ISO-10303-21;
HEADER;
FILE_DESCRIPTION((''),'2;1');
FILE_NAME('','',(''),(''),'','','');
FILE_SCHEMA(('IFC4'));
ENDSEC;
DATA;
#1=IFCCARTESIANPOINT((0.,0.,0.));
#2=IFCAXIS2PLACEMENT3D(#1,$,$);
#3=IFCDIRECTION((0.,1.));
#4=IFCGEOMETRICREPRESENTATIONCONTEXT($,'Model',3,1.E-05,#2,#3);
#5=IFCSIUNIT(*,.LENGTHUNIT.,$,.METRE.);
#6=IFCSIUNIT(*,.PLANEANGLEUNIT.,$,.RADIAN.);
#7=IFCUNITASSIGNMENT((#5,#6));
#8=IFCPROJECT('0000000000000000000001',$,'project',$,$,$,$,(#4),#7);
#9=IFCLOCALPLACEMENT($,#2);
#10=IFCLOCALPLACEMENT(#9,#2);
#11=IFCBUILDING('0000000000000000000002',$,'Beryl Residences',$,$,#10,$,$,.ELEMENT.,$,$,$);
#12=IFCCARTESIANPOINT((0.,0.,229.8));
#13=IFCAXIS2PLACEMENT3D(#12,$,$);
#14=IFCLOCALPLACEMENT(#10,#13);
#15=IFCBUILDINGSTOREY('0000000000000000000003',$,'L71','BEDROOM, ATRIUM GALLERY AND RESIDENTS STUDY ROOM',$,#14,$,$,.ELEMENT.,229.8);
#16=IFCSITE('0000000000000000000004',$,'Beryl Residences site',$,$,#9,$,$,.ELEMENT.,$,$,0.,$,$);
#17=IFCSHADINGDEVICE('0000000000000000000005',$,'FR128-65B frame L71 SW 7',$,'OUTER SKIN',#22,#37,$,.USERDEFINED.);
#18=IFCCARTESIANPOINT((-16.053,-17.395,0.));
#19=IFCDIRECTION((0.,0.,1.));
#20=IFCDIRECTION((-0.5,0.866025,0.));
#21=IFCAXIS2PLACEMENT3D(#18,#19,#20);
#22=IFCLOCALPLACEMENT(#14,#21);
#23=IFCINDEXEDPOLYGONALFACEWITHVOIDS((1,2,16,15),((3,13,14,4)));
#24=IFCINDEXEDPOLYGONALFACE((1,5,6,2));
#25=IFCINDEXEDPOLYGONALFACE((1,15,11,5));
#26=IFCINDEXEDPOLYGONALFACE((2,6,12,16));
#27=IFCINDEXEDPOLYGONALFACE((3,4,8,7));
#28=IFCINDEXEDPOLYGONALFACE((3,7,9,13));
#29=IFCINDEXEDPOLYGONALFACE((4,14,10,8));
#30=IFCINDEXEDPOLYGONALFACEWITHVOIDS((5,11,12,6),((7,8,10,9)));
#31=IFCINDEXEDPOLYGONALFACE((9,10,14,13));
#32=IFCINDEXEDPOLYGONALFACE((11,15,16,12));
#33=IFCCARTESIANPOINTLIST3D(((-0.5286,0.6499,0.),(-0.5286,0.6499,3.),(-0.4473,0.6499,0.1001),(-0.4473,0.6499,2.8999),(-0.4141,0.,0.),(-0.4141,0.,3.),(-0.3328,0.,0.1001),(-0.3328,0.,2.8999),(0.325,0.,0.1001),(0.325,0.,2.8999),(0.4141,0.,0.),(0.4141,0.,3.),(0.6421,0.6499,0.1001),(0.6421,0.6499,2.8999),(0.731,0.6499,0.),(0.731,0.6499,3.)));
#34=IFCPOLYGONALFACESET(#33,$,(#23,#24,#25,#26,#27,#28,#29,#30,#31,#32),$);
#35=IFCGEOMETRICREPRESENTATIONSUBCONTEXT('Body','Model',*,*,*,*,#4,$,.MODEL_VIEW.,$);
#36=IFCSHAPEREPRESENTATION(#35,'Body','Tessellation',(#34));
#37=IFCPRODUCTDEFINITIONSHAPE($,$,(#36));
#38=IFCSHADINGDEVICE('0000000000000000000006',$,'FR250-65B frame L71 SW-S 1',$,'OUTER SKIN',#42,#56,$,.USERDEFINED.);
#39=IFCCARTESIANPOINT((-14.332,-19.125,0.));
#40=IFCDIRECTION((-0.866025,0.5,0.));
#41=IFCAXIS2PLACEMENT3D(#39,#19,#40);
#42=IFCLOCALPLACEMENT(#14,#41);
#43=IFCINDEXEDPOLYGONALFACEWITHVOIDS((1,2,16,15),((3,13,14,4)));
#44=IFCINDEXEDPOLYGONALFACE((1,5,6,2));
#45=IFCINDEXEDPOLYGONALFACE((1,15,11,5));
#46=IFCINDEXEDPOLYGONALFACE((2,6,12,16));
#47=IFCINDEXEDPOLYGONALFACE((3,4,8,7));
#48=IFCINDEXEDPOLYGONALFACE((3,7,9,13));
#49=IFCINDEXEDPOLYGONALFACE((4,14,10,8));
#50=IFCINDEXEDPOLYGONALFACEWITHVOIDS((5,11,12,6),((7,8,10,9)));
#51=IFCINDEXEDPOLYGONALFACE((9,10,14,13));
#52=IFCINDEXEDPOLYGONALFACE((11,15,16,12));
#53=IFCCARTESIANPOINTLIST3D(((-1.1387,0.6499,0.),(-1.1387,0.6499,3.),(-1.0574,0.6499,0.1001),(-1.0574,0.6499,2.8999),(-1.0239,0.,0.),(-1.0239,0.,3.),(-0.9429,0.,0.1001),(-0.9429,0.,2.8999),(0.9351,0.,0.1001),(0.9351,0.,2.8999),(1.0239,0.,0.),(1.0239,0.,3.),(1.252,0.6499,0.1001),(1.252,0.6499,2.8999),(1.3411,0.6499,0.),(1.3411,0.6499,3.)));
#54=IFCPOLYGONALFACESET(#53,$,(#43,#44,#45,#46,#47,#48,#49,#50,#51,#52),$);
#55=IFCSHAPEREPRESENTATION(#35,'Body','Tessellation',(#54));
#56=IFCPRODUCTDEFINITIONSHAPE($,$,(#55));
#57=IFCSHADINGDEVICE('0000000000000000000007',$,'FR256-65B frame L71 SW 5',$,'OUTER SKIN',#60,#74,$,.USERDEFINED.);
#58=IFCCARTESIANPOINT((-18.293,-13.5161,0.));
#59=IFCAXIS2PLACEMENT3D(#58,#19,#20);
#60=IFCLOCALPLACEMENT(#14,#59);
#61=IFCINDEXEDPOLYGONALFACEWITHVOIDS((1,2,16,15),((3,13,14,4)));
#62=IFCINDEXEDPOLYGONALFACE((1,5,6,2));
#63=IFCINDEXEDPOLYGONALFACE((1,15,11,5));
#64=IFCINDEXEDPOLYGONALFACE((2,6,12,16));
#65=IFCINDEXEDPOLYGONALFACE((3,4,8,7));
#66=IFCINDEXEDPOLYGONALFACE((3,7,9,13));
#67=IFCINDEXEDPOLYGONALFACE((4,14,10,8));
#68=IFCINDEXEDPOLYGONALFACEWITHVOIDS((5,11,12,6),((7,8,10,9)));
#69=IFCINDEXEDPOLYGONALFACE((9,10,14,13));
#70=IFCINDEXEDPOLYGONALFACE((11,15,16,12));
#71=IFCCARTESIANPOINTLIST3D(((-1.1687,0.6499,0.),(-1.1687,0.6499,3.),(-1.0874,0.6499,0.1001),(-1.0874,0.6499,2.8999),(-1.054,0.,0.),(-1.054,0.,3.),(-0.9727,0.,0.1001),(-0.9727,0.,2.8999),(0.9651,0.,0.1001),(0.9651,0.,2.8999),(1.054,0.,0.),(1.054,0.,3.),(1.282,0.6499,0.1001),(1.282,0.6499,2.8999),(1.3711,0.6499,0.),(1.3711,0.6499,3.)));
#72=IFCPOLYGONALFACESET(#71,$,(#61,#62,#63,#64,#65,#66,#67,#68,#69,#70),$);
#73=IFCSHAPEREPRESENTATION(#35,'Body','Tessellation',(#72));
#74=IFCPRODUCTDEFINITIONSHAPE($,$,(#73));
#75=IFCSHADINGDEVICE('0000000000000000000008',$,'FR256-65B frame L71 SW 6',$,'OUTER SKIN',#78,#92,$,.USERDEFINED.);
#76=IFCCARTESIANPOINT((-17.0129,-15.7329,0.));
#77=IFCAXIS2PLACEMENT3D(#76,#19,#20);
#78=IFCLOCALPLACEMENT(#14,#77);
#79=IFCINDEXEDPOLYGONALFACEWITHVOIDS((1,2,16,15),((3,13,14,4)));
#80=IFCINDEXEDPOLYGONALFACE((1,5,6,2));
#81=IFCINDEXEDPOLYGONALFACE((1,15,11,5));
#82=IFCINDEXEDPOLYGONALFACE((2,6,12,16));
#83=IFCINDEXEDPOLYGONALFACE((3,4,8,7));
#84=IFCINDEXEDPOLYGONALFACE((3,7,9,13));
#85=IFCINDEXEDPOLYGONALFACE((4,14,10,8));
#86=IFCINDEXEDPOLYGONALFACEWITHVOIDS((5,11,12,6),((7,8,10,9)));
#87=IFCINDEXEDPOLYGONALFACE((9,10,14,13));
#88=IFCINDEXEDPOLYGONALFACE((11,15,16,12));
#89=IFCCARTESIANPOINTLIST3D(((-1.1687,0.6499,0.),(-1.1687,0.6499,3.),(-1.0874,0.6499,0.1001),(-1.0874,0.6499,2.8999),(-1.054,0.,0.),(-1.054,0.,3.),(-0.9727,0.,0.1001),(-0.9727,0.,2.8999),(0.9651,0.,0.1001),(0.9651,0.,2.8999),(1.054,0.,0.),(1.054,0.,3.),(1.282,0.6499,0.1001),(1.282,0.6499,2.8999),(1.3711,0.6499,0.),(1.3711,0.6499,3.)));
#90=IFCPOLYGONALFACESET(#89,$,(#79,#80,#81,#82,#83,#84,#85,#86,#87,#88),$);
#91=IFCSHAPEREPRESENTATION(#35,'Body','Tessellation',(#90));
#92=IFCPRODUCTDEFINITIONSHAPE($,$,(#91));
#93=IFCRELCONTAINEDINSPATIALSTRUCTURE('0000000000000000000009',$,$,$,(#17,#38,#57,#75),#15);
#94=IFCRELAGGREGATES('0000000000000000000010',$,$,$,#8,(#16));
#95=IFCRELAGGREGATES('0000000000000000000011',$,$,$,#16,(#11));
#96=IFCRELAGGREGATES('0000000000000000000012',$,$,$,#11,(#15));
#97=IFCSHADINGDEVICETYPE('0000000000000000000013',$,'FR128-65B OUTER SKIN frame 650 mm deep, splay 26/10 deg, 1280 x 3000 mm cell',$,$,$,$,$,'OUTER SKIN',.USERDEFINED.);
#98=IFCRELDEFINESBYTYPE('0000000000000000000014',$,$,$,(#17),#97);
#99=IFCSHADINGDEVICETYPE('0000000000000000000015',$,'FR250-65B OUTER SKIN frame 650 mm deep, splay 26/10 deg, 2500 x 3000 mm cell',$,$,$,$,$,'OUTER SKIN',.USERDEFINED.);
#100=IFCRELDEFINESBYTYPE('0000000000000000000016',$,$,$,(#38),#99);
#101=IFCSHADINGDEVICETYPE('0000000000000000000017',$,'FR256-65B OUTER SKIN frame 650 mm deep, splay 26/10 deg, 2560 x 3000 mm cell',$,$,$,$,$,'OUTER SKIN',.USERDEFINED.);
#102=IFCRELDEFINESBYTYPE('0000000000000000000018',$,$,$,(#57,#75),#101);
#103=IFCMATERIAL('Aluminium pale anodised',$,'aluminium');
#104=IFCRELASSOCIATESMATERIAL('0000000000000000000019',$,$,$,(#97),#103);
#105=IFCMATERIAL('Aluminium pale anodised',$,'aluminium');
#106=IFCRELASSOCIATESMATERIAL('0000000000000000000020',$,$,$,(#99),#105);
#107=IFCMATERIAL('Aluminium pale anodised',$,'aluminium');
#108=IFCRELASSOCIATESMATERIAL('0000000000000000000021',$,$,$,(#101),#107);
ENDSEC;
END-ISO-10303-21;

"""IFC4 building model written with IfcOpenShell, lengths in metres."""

from ifc_helpers import new_model, entity, si_unit, direction, frame, origin, place, context, subcontext, project, spatial, source, transform, mapped, material, type_object, type_shapes, element, save


model = new_model("IFC4")

# Units and contexts
model_context = context("Model", 3, precision=1e-05, world=origin(), true_north=direction((0.0, 1.0)))
body_context = subcontext(model_context, "Body", "Model", "MODEL_VIEW")
ifc_project = project(units=[si_unit("LENGTHUNIT", "METRE"), si_unit("PLANEANGLEUNIT", "RADIAN")], contexts=[model_context])

# Site, building, storey
site_placement = place(None, origin())
site = spatial("IfcSite", under=ifc_project, at=site_placement, Name="Beryl Residences site", CompositionType="ELEMENT", RefElevation=0.0)
building_placement = place(site_placement, origin())
building = spatial("IfcBuilding", under=site, at=building_placement, Name="Beryl Residences", CompositionType="ELEMENT")
storey_placement = place(building_placement, frame((0.0, 0.0, 229.8)))
storey = spatial("IfcBuildingStorey", under=building, at=storey_placement, Name="L71", Description="BEDROOM, ATRIUM GALLERY AND RESIDENTS STUDY ROOM", CompositionType="ELEMENT", Elevation=229.8)

# Shading devices
ifc_material_1 = material(Name="Aluminium pale anodised", Category="aluminium")
shading_device_type_1 = type_object("IfcShadingDeviceType", Name="FR128-65B OUTER SKIN frame 650 mm deep, splay 26/10 deg, 1280 x 3000 mm cell", ElementType="OUTER SKIN", PredefinedType="USERDEFINED", material=ifc_material_1)
cartesian_point_1 = entity("IfcCartesianPoint", [-0.4141, 0.0])
cartesian_point_2 = entity("IfcCartesianPoint", [-0.325, 0.1001])
cartesian_point_3 = entity("IfcCartesianPoint", [-0.731, 0.0])
cartesian_point_4 = entity("IfcCartesianPoint", [-0.6421, 0.1001])
shared_shape_1 = source(origin(), body_context, "Body", "SweptSolid", [
    entity("IfcExtrudedAreaSolidTapered", entity("IfcArbitraryProfileDefWithVoids", "AREA", None, entity("IfcPolyline", [cartesian_point_1, entity("IfcCartesianPoint", [0.4141, 0.0]), entity("IfcCartesianPoint", [0.4141, 3.0]), entity("IfcCartesianPoint", [-0.4141, 3.0]), cartesian_point_1]), [entity("IfcPolyline", [cartesian_point_2, entity("IfcCartesianPoint", [0.3328, 0.1001]), entity("IfcCartesianPoint", [0.3328, 2.8999]), entity("IfcCartesianPoint", [-0.325, 2.8999]), cartesian_point_2])]), entity("IfcAxis2Placement3D", entity("IfcCartesianPoint", [0.0, 0.0, 0.0]), entity("IfcDirection", [0.0, 1.0, 0.0]), entity("IfcDirection", [-1.0, 0.0, 0.0])), entity("IfcDirection", [0.0, 0.0, 1.0]), 0.6499, entity("IfcArbitraryProfileDefWithVoids", "AREA", None, entity("IfcPolyline", [cartesian_point_3, entity("IfcCartesianPoint", [0.5286, 0.0]), entity("IfcCartesianPoint", [0.5286, 3.0]), entity("IfcCartesianPoint", [-0.731, 3.0]), cartesian_point_3]), [entity("IfcPolyline", [cartesian_point_4, entity("IfcCartesianPoint", [0.4473, 0.1001]), entity("IfcCartesianPoint", [0.4473, 2.8999]), entity("IfcCartesianPoint", [-0.6421, 2.8999]), cartesian_point_4])])),
])
type_shapes(shading_device_type_1, [shared_shape_1])
shading_device_1_placement = place(storey_placement, frame((-16.053, -17.395, 0.0), z_axis=(0.0, 0.0, 1.0), x_axis=(-0.5, 0.866025, 0.0)))
element("IfcShadingDevice", 1, at=shading_device_1_placement, inside=storey, type_object=shading_device_type_1, Name="FR128-65B frame L71 SW 7", ObjectType="OUTER SKIN", PredefinedType="USERDEFINED", context=body_context, shape_type="MappedRepresentation", body=[
    mapped(shared_shape_1, transform((0.0, 0.0, 0.0))),
])
ifc_material_2 = material(Name="Aluminium pale anodised", Category="aluminium")
shading_device_type_2 = type_object("IfcShadingDeviceType", Name="FR250-65B OUTER SKIN frame 650 mm deep, splay 26/10 deg, 2500 x 3000 mm cell", ElementType="OUTER SKIN", PredefinedType="USERDEFINED", material=ifc_material_2)
cartesian_point_5 = entity("IfcCartesianPoint", [-1.0239, 0.0])
cartesian_point_6 = entity("IfcCartesianPoint", [-0.9351, 0.1001])
cartesian_point_7 = entity("IfcCartesianPoint", [-1.3411, 0.0])
cartesian_point_8 = entity("IfcCartesianPoint", [-1.252, 0.1001])
shared_shape_2 = source(origin(), body_context, "Body", "SweptSolid", [
    entity("IfcExtrudedAreaSolidTapered", entity("IfcArbitraryProfileDefWithVoids", "AREA", None, entity("IfcPolyline", [cartesian_point_5, entity("IfcCartesianPoint", [1.0239, 0.0]), entity("IfcCartesianPoint", [1.0239, 3.0]), entity("IfcCartesianPoint", [-1.0239, 3.0]), cartesian_point_5]), [entity("IfcPolyline", [cartesian_point_6, entity("IfcCartesianPoint", [0.9429, 0.1001]), entity("IfcCartesianPoint", [0.9429, 2.8999]), entity("IfcCartesianPoint", [-0.9351, 2.8999]), cartesian_point_6])]), entity("IfcAxis2Placement3D", entity("IfcCartesianPoint", [0.0, 0.0, 0.0]), entity("IfcDirection", [0.0, 1.0, 0.0]), entity("IfcDirection", [-1.0, 0.0, 0.0])), entity("IfcDirection", [0.0, 0.0, 1.0]), 0.6499, entity("IfcArbitraryProfileDefWithVoids", "AREA", None, entity("IfcPolyline", [cartesian_point_7, entity("IfcCartesianPoint", [1.1387, 0.0]), entity("IfcCartesianPoint", [1.1387, 3.0]), entity("IfcCartesianPoint", [-1.3411, 3.0]), cartesian_point_7]), [entity("IfcPolyline", [cartesian_point_8, entity("IfcCartesianPoint", [1.0574, 0.1001]), entity("IfcCartesianPoint", [1.0574, 2.8999]), entity("IfcCartesianPoint", [-1.252, 2.8999]), cartesian_point_8])])),
])
type_shapes(shading_device_type_2, [shared_shape_2])
shading_device_2_placement = place(storey_placement, frame((-14.332, -19.125, 0.0), z_axis=(0.0, 0.0, 1.0), x_axis=(-0.866025, 0.5, 0.0)))
element("IfcShadingDevice", 2, at=shading_device_2_placement, inside=storey, type_object=shading_device_type_2, Name="FR250-65B frame L71 SW-S 1", ObjectType="OUTER SKIN", PredefinedType="USERDEFINED", context=body_context, shape_type="MappedRepresentation", body=[
    mapped(shared_shape_2, transform((0.0, 0.0, 0.0))),
])
ifc_material_3 = material(Name="Aluminium pale anodised", Category="aluminium")
shading_device_type_3 = type_object("IfcShadingDeviceType", Name="FR256-65B OUTER SKIN frame 650 mm deep, splay 26/10 deg, 2560 x 3000 mm cell", ElementType="OUTER SKIN", PredefinedType="USERDEFINED", material=ifc_material_3)
cartesian_point_9 = entity("IfcCartesianPoint", [-1.054, 0.0])
cartesian_point_10 = entity("IfcCartesianPoint", [-0.9651, 0.1001])
cartesian_point_11 = entity("IfcCartesianPoint", [-1.3711, 0.0])
cartesian_point_12 = entity("IfcCartesianPoint", [-1.282, 0.1001])
shared_shape_3 = source(origin(), body_context, "Body", "SweptSolid", [
    entity("IfcExtrudedAreaSolidTapered", entity("IfcArbitraryProfileDefWithVoids", "AREA", None, entity("IfcPolyline", [cartesian_point_9, entity("IfcCartesianPoint", [1.054, 0.0]), entity("IfcCartesianPoint", [1.054, 3.0]), entity("IfcCartesianPoint", [-1.054, 3.0]), cartesian_point_9]), [entity("IfcPolyline", [cartesian_point_10, entity("IfcCartesianPoint", [0.9727, 0.1001]), entity("IfcCartesianPoint", [0.9727, 2.8999]), entity("IfcCartesianPoint", [-0.9651, 2.8999]), cartesian_point_10])]), entity("IfcAxis2Placement3D", entity("IfcCartesianPoint", [0.0, 0.0, 0.0]), entity("IfcDirection", [0.0, 1.0, 0.0]), entity("IfcDirection", [-1.0, 0.0, 0.0])), entity("IfcDirection", [0.0, 0.0, 1.0]), 0.6499, entity("IfcArbitraryProfileDefWithVoids", "AREA", None, entity("IfcPolyline", [cartesian_point_11, entity("IfcCartesianPoint", [1.1687, 0.0]), entity("IfcCartesianPoint", [1.1687, 3.0]), entity("IfcCartesianPoint", [-1.3711, 3.0]), cartesian_point_11]), [entity("IfcPolyline", [cartesian_point_12, entity("IfcCartesianPoint", [1.0874, 0.1001]), entity("IfcCartesianPoint", [1.0874, 2.8999]), entity("IfcCartesianPoint", [-1.282, 2.8999]), cartesian_point_12])])),
])
type_shapes(shading_device_type_3, [shared_shape_3])
for number, where, z_axis, x_axis, name in (
    (3, (-18.293, -13.5161, 0.0), (0.0, 0.0, 1.0), (-0.5, 0.866025, 0.0), "FR256-65B frame L71 SW 5"),
    (4, (-17.0129, -15.7329, 0.0), (0.0, 0.0, 1.0), (-0.5, 0.866025, 0.0), "FR256-65B frame L71 SW 6"),
):
    element("IfcShadingDevice", number, at=place(storey_placement, frame(where, z_axis=z_axis, x_axis=x_axis)), inside=storey, type_object=shading_device_type_3, Name=name, ObjectType="OUTER SKIN", PredefinedType="USERDEFINED", context=body_context, shape_type="MappedRepresentation", body=[
        mapped(shared_shape_3, transform((0.0, 0.0, 0.0))),
    ])

save(model, "model.ifc")
